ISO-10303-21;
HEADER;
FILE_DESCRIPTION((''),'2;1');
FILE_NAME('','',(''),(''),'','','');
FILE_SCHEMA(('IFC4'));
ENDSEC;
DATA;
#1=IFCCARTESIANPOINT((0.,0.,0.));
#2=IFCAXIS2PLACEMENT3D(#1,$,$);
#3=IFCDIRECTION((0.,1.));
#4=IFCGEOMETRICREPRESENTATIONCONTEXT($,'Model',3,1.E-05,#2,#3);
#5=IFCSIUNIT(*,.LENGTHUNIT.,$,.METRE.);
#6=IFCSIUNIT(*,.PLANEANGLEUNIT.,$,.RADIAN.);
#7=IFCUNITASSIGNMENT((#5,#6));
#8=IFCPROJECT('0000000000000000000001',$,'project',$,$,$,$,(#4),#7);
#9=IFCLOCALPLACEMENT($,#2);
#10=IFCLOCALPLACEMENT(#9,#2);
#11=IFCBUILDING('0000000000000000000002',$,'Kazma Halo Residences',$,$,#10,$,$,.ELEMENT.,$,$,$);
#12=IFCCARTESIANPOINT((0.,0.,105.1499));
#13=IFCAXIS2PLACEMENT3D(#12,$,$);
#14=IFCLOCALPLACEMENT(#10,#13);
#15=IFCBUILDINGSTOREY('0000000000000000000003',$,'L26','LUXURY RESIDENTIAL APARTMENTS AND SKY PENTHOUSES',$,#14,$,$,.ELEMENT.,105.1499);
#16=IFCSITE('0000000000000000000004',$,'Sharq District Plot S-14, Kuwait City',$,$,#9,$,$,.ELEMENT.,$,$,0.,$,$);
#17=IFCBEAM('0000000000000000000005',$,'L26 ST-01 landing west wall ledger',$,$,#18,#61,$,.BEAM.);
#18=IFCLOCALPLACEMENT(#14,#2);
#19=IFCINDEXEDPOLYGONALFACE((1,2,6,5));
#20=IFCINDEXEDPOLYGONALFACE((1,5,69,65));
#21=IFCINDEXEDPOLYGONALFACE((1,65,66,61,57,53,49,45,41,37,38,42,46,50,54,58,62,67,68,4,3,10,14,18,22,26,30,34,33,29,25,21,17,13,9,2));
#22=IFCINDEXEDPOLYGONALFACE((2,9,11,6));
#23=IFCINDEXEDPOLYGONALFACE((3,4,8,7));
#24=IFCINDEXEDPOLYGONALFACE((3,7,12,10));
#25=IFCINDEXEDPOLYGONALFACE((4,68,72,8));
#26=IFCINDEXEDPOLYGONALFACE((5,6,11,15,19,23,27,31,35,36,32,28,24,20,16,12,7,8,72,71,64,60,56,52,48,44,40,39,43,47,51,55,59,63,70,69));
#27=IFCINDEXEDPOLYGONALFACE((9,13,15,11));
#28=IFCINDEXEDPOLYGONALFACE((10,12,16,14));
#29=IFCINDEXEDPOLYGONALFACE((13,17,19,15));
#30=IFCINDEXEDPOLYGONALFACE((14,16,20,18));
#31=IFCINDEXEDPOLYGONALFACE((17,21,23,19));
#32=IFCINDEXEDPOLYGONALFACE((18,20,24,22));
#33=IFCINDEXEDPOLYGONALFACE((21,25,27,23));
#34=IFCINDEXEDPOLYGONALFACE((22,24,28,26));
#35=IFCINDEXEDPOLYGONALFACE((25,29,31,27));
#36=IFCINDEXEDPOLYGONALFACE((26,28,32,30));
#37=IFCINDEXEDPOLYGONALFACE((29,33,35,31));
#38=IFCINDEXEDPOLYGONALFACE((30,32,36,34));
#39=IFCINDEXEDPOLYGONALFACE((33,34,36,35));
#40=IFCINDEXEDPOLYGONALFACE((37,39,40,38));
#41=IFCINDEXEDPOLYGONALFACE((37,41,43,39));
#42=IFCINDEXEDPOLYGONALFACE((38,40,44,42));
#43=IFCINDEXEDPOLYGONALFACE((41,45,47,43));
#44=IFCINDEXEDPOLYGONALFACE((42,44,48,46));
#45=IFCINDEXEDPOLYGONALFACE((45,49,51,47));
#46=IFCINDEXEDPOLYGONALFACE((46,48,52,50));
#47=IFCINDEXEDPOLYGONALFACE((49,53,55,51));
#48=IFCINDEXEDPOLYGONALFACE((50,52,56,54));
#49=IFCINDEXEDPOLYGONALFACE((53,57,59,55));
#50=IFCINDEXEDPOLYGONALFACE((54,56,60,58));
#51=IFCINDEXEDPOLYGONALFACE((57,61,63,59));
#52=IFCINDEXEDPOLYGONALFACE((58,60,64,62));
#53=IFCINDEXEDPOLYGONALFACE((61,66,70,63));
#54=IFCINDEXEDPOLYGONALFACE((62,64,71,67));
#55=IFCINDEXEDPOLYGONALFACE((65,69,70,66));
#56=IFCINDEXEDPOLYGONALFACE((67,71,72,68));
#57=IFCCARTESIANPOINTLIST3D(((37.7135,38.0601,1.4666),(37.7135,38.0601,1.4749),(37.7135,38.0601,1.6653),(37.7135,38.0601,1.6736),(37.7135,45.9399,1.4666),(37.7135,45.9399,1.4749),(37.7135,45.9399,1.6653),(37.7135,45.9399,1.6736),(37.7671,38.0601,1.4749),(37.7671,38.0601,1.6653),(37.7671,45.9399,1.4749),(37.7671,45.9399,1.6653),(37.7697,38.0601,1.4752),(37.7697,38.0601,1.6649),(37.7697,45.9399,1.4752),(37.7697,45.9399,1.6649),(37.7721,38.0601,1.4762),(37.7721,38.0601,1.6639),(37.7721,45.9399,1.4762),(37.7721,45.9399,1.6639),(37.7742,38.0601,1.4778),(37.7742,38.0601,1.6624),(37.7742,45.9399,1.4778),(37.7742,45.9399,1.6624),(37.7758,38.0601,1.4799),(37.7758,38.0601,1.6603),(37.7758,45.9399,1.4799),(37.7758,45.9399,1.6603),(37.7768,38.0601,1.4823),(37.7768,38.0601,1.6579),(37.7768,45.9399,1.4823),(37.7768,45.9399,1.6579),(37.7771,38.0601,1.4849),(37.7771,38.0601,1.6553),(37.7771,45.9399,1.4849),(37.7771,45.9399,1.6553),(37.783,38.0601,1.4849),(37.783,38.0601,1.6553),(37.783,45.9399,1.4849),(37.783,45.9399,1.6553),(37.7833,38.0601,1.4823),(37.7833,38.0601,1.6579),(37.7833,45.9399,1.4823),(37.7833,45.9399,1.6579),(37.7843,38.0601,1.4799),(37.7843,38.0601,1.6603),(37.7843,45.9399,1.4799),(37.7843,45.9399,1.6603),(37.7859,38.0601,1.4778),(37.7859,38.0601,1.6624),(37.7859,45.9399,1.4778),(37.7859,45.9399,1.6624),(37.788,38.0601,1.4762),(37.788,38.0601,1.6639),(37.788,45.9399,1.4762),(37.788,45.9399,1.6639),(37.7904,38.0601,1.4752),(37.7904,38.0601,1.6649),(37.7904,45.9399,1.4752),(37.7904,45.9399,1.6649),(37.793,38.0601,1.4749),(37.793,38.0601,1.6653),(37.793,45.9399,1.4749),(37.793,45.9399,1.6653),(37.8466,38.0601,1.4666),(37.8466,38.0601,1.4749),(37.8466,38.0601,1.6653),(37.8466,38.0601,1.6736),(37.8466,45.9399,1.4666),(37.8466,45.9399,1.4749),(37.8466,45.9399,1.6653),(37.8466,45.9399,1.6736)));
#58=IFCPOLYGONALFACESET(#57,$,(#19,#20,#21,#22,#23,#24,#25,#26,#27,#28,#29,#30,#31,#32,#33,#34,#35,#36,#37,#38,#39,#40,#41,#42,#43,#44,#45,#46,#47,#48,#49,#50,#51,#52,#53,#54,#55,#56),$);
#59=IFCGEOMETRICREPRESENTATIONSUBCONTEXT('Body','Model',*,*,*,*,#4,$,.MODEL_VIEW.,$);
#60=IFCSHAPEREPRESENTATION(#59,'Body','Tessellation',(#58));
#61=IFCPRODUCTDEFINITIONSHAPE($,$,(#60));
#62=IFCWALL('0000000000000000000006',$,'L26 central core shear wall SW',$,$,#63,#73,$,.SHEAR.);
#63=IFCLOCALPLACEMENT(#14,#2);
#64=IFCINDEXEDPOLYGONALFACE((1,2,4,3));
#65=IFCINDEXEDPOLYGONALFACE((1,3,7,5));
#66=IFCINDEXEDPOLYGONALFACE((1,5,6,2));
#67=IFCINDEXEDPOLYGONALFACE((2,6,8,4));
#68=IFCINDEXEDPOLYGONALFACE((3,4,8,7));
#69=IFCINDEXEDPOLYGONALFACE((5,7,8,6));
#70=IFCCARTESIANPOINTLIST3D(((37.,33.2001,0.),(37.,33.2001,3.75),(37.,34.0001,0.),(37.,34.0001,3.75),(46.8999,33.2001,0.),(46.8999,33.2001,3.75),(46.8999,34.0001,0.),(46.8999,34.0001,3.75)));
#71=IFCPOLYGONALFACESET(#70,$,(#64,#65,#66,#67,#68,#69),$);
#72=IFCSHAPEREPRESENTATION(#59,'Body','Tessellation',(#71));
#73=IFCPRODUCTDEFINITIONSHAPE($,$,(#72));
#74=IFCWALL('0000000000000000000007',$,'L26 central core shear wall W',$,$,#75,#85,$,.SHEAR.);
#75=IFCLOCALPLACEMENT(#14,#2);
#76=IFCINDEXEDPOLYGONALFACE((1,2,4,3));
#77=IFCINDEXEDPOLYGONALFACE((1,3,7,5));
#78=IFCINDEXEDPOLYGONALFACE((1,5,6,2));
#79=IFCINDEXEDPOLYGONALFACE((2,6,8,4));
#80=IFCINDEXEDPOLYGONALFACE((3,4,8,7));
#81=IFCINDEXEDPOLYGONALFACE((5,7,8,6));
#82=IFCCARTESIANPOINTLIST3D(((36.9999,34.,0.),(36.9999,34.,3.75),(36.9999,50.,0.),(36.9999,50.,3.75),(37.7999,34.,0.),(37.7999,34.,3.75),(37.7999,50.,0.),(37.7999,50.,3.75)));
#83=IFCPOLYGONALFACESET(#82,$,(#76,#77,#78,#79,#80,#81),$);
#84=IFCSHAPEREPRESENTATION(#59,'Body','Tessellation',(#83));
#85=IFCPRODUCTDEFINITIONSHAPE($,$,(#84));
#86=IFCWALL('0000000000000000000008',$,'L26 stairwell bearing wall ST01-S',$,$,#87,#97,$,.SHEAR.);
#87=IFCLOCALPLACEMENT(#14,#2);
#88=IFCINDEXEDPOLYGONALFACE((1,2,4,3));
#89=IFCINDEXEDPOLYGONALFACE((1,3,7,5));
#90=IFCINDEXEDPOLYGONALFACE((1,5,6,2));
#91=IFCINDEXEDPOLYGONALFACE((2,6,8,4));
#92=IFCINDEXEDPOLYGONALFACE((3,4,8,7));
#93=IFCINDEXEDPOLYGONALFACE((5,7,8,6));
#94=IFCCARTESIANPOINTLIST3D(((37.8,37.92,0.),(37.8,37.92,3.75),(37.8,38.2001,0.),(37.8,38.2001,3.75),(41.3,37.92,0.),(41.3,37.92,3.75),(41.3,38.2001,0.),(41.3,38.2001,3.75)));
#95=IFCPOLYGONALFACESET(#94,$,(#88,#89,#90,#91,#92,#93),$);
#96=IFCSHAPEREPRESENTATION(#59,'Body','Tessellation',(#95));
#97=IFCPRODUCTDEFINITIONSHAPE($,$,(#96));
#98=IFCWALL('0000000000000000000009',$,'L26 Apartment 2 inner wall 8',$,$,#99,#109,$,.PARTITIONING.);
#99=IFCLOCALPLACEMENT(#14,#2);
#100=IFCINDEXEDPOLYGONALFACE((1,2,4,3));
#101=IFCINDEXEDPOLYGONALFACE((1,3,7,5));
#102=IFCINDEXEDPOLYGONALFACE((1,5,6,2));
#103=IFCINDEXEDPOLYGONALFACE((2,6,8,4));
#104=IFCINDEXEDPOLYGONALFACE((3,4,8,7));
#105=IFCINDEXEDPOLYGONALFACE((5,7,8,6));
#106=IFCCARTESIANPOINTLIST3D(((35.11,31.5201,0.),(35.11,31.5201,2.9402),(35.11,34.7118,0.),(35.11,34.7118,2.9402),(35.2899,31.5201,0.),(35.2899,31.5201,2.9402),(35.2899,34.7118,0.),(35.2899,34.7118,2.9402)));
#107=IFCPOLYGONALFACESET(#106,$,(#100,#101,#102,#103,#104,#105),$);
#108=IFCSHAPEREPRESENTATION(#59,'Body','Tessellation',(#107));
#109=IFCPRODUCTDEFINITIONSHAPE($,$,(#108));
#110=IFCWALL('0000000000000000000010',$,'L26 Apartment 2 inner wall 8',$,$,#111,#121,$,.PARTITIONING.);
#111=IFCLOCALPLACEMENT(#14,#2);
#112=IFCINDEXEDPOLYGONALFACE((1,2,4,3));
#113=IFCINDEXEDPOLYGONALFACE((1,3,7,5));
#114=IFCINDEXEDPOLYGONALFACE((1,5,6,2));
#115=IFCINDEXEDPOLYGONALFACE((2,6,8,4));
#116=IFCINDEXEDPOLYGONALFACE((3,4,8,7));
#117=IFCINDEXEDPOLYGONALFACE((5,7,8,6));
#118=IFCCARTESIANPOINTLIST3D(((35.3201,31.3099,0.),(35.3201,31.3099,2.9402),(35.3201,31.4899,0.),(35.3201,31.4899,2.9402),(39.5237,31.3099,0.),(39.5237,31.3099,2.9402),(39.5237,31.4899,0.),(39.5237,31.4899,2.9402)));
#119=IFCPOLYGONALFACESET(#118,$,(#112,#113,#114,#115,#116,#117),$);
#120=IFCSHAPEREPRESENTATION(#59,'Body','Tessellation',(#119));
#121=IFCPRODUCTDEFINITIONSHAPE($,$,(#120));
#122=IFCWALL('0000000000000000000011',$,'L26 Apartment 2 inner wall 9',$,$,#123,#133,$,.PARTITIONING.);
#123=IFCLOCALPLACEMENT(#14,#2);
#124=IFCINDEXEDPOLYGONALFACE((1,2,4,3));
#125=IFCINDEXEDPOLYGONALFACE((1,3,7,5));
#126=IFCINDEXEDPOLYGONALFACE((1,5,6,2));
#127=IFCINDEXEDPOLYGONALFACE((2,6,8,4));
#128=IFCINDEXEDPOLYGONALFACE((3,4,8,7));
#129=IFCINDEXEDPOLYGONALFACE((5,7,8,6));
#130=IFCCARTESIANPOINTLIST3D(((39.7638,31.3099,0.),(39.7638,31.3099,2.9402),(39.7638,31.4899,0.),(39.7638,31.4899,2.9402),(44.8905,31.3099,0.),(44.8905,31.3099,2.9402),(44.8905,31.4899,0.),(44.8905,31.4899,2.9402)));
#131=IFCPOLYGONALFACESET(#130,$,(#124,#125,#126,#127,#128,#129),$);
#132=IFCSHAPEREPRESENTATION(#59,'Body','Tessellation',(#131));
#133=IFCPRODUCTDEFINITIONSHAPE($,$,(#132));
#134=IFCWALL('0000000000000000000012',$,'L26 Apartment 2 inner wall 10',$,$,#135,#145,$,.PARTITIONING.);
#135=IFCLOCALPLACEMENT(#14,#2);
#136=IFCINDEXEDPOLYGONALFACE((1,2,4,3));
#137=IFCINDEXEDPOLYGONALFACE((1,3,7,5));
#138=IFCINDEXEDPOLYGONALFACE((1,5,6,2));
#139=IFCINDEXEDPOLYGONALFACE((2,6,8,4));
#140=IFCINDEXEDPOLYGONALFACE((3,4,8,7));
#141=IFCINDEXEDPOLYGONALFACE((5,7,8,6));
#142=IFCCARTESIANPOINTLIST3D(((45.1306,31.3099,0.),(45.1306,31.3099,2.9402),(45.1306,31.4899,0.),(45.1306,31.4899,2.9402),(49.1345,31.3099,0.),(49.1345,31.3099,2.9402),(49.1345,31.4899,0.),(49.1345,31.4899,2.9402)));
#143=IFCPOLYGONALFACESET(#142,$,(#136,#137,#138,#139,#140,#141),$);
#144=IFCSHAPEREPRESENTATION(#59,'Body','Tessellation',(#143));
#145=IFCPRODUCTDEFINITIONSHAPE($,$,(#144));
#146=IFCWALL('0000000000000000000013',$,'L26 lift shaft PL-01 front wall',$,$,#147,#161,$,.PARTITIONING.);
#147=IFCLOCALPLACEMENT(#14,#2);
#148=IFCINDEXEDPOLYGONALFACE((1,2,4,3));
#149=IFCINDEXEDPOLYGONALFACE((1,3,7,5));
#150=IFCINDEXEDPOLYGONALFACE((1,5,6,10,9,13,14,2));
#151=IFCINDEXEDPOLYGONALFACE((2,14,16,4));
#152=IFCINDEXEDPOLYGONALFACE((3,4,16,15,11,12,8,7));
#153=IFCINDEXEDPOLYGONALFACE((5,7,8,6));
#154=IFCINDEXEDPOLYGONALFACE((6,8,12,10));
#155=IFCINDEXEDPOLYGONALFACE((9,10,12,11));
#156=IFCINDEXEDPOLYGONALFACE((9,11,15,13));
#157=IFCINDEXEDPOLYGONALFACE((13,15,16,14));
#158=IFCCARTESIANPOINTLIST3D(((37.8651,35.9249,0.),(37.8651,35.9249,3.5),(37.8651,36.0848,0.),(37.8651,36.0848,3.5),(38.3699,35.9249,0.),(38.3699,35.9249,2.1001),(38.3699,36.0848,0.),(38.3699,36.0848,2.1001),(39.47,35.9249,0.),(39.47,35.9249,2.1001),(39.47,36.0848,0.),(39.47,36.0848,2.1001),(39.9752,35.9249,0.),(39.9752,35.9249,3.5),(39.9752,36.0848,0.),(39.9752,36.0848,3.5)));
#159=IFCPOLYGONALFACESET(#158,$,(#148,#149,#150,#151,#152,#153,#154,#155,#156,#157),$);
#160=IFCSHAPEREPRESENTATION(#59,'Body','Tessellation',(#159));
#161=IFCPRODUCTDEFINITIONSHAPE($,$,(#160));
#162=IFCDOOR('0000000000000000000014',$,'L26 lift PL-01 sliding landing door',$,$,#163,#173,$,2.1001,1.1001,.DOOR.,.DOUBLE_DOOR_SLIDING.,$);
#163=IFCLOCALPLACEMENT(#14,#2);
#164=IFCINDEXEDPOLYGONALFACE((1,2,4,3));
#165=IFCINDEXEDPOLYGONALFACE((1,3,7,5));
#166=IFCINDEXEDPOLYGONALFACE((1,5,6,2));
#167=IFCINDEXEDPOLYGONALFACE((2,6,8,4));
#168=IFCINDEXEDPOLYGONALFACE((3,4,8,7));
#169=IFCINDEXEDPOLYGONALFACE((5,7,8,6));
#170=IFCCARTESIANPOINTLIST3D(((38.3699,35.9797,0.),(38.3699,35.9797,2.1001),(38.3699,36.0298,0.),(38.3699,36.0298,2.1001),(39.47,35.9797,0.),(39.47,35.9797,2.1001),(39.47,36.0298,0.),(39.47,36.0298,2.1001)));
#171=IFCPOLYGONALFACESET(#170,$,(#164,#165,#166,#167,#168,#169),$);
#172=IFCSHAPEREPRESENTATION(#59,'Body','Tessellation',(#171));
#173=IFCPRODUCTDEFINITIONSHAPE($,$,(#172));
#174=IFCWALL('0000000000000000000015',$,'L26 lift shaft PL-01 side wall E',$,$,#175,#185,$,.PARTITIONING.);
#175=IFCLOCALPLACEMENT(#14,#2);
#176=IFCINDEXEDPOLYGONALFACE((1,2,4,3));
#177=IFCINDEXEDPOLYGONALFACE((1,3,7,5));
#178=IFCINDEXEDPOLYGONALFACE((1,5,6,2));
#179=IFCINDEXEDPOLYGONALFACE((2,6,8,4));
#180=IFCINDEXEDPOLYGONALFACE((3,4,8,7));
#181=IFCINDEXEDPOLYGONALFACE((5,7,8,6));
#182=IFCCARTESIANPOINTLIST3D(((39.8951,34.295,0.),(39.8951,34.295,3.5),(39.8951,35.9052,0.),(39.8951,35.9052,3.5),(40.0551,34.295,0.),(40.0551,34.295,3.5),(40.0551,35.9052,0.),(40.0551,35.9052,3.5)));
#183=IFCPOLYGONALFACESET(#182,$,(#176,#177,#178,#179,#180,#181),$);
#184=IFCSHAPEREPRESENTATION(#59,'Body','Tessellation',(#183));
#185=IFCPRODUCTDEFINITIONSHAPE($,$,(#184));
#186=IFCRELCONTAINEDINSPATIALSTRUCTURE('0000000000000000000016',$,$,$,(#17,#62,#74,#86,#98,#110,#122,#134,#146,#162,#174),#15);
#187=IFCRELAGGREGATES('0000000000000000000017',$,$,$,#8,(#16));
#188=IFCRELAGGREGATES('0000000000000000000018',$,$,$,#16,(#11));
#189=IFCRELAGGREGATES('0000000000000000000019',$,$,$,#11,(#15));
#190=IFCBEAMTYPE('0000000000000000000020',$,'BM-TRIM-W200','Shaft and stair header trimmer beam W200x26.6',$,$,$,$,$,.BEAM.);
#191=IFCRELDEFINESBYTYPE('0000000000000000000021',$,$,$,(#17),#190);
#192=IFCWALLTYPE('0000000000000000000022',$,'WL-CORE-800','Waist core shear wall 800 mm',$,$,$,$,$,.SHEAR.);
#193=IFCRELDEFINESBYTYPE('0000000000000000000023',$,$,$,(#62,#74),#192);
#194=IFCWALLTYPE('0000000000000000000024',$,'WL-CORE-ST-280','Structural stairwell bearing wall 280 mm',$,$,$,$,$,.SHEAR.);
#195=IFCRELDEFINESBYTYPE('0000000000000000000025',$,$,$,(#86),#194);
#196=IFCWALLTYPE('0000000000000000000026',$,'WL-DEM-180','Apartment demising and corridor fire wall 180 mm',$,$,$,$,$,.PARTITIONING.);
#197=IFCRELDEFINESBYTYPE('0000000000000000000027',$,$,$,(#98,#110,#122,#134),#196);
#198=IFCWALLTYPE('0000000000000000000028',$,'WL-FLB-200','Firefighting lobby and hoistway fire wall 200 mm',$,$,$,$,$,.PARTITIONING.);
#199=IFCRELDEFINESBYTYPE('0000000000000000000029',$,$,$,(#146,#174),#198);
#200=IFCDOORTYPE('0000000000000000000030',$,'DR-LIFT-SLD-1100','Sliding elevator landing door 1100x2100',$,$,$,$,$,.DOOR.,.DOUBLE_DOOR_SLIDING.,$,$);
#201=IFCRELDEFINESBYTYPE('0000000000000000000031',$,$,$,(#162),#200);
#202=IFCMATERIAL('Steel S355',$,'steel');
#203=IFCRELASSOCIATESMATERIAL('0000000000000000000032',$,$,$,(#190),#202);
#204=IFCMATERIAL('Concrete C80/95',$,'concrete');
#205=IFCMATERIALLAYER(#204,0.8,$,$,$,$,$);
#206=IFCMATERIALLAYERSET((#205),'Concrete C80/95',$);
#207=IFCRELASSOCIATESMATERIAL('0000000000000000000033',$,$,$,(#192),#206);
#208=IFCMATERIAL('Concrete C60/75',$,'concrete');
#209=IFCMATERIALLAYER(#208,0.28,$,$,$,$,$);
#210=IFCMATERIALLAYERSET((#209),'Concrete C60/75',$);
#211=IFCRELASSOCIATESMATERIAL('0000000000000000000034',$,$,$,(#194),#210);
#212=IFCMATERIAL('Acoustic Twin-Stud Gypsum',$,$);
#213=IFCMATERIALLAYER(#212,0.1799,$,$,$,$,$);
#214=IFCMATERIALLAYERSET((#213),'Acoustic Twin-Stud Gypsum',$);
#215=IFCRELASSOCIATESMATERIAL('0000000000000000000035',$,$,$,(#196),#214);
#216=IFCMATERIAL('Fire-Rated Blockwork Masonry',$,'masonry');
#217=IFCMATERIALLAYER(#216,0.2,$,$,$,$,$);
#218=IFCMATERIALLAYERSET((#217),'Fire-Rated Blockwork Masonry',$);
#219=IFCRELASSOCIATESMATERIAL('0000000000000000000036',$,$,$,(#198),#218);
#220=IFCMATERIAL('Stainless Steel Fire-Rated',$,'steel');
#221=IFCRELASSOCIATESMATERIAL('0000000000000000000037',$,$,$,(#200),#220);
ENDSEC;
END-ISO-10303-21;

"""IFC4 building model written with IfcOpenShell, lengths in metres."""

from ifc_helpers import new_model, si_unit, direction, frame, frame_2d, origin, origin_2d, place, context, subcontext, project, spatial, rectangle, i_section, extrude, material, layer, layer_set, material_profile, profile_set, type_object, element, fill, save


model = new_model("IFC4")

# Units and contexts
model_context = context("Model", 3, precision=1e-05, world=origin(), true_north=direction((0.0, 1.0)))
body_context = subcontext(model_context, "Body", "Model", "MODEL_VIEW")
ifc_project = project(units=[si_unit("LENGTHUNIT", "METRE"), si_unit("PLANEANGLEUNIT", "RADIAN")], contexts=[model_context])

# Site, building, storey
site_placement = place(None, origin())
site = spatial("IfcSite", under=ifc_project, at=site_placement, Name="Sharq District Plot S-14, Kuwait City", CompositionType="ELEMENT", RefElevation=0.0)
building_placement = place(site_placement, origin())
building = spatial("IfcBuilding", under=site, at=building_placement, Name="Kazma Halo Residences", CompositionType="ELEMENT")
storey_placement = place(building_placement, frame((0.0, 0.0, 105.1499)))
storey = spatial("IfcBuildingStorey", under=building, at=storey_placement, Name="L26", Description="LUXURY RESIDENTIAL APARTMENTS AND SKY PENTHOUSES", CompositionType="ELEMENT", Elevation=105.1499)

# Beam
ifc_material_1 = material(Name="Steel S355", Category="steel")
ifc_material_profile_1 = material_profile(ifc_material_1, i_section(OverallWidth=0.1331, OverallDepth=0.207, WebThickness=0.0059, FlangeThickness=0.0083, FilletRadius=0.01, at=origin_2d()), Name="W200x26.6")
ifc_profile_set_1 = profile_set([ifc_material_profile_1], Name="Steel S355")
beam_type_1 = type_object("IfcBeamType", Name="BM-TRIM-W200", Description="Shaft and stair header trimmer beam W200x26.6", PredefinedType="BEAM", material=ifc_profile_set_1)
beam_1_placement = place(storey_placement, frame((37.78, 38.0601, 1.5701), z_axis=(0.0, 1.0, 0.0), x_axis=(-1.0, 0.0, 0.0)))
element("IfcBeam", 1, at=beam_1_placement, inside=storey, type_object=beam_type_1, Name="L26 ST-01 landing west wall ledger", PredefinedType="BEAM", context=body_context, shape_type="SweptSolid", body=[
    extrude(i_section(OverallWidth=0.1331, OverallDepth=0.207, WebThickness=0.0059, FlangeThickness=0.0083, FilletRadius=0.01, at=origin_2d()), origin(), (0.0, 0.0, 1.0), 7.8799),
])

# Walls
ifc_material_2 = material(Name="Concrete C80/95", Category="concrete")
ifc_layer_1 = layer(ifc_material_2, 0.8)
ifc_layer_set_1 = layer_set([ifc_layer_1], Name="Concrete C80/95")
wall_type_1 = type_object("IfcWallType", Name="WL-CORE-800", Description="Waist core shear wall 800 mm", PredefinedType="SHEAR", material=ifc_layer_set_1)
wall_1_placement = place(storey_placement, frame((37.0, 33.6001, 0.0), z_axis=(0.0, 0.0, 1.0), x_axis=(1.0, 0.0, 0.0)))
element("IfcWall", 2, at=wall_1_placement, inside=storey, type_object=wall_type_1, Name="L26 central core shear wall SW", PredefinedType="SHEAR", context=body_context, shape_type="SweptSolid", body=[
    extrude(rectangle(XDim=9.8999, YDim=0.8, at=frame_2d((4.95, 0.0))), origin(), (0.0, 0.0, 1.0), 3.75),
])
wall_2_placement = place(storey_placement, frame((37.3999, 34.0, 0.0), z_axis=(0.0, 0.0, 1.0), x_axis=(0.0, 1.0, 0.0)))
element("IfcWall", 3, at=wall_2_placement, inside=storey, type_object=wall_type_1, Name="L26 central core shear wall W", PredefinedType="SHEAR", context=body_context, shape_type="SweptSolid", body=[
    extrude(rectangle(XDim=16.0, YDim=0.8, at=frame_2d((8.0, 0.0))), origin(), (0.0, 0.0, 1.0), 3.75),
])
ifc_material_3 = material(Name="Concrete C60/75", Category="concrete")
ifc_layer_2 = layer(ifc_material_3, 0.28)
ifc_layer_set_2 = layer_set([ifc_layer_2], Name="Concrete C60/75")
wall_type_2 = type_object("IfcWallType", Name="WL-CORE-ST-280", Description="Structural stairwell bearing wall 280 mm", PredefinedType="SHEAR", material=ifc_layer_set_2)
wall_3_placement = place(storey_placement, frame((37.8, 38.0601, 0.0), z_axis=(0.0, 0.0, 1.0), x_axis=(1.0, 0.0, 0.0)))
element("IfcWall", 4, at=wall_3_placement, inside=storey, type_object=wall_type_2, Name="L26 stairwell bearing wall ST01-S", PredefinedType="SHEAR", context=body_context, shape_type="SweptSolid", body=[
    extrude(rectangle(XDim=3.5, YDim=0.28, at=frame_2d((1.75, 0.0))), origin(), (0.0, 0.0, 1.0), 3.75),
])
ifc_material_4 = material(Name="Acoustic Twin-Stud Gypsum")
ifc_layer_3 = layer(ifc_material_4, 0.1799)
ifc_layer_set_3 = layer_set([ifc_layer_3], Name="Acoustic Twin-Stud Gypsum")
wall_type_3 = type_object("IfcWallType", Name="WL-DEM-180", Description="Apartment demising and corridor fire wall 180 mm", PredefinedType="PARTITIONING", material=ifc_layer_set_3)
wall_4_placement = place(storey_placement, frame((35.2, 34.7117, 0.0), z_axis=(0.0, 0.0, 1.0), x_axis=(0.0, -1.0, 0.0)))
element("IfcWall", 5, at=wall_4_placement, inside=storey, type_object=wall_type_3, Name="L26 Apartment 2 inner wall 8", PredefinedType="PARTITIONING", context=body_context, shape_type="SweptSolid", body=[
    extrude(rectangle(XDim=3.1917, YDim=0.1799, at=frame_2d((1.5957, 0.0))), origin(), (0.0, 0.0, 1.0), 2.9402),
])
wall_5_placement = place(storey_placement, frame((35.3201, 31.3999, 0.0), z_axis=(0.0, 0.0, 1.0), x_axis=(1.0, 0.0, 0.0)))
element("IfcWall", 6, at=wall_5_placement, inside=storey, type_object=wall_type_3, Name="L26 Apartment 2 inner wall 8", PredefinedType="PARTITIONING", context=body_context, shape_type="SweptSolid", body=[
    extrude(rectangle(XDim=4.2036, YDim=0.1799, at=frame_2d((2.1018, 0.0))), origin(), (0.0, 0.0, 1.0), 2.9402),
])
wall_6_placement = place(storey_placement, frame((39.7637, 31.3999, 0.0), z_axis=(0.0, 0.0, 1.0), x_axis=(1.0, 0.0, 0.0)))
element("IfcWall", 7, at=wall_6_placement, inside=storey, type_object=wall_type_3, Name="L26 Apartment 2 inner wall 9", PredefinedType="PARTITIONING", context=body_context, shape_type="SweptSolid", body=[
    extrude(rectangle(XDim=5.1267, YDim=0.1799, at=frame_2d((2.5635, 0.0))), origin(), (0.0, 0.0, 1.0), 2.9402),
])
wall_7_placement = place(storey_placement, frame((45.1306, 31.3999, 0.0), z_axis=(0.0, 0.0, 1.0), x_axis=(1.0, 0.0, 0.0)))
element("IfcWall", 8, at=wall_7_placement, inside=storey, type_object=wall_type_3, Name="L26 Apartment 2 inner wall 10", PredefinedType="PARTITIONING", context=body_context, shape_type="SweptSolid", body=[
    extrude(rectangle(XDim=4.0039, YDim=0.1799, at=frame_2d((2.002, 0.0))), origin(), (0.0, 0.0, 1.0), 2.9402),
])

# Wall, opening, door
ifc_material_5 = material(Name="Fire-Rated Blockwork Masonry", Category="masonry")
ifc_layer_4 = layer(ifc_material_5, 0.2)
ifc_layer_set_4 = layer_set([ifc_layer_4], Name="Fire-Rated Blockwork Masonry")
wall_type_4 = type_object("IfcWallType", Name="WL-FLB-200", Description="Firefighting lobby and hoistway fire wall 200 mm", PredefinedType="PARTITIONING", material=ifc_layer_set_4)
wall_8_placement = place(storey_placement, frame((37.865, 36.0049, 0.0), z_axis=(0.0, 0.0, 1.0), x_axis=(1.0, 0.0, 0.0)))
wall_8 = element("IfcWall", 9, at=wall_8_placement, inside=storey, type_object=wall_type_4, Name="L26 lift shaft PL-01 front wall", PredefinedType="PARTITIONING", context=body_context, shape_type="SweptSolid", body=[
    extrude(rectangle(XDim=2.1101, YDim=0.1599, at=frame_2d((1.0552, 0.0))), origin(), (0.0, 0.0, 1.0), 3.5),
])
opening_1_placement = place(wall_8_placement, frame((0.5049, 0.0, 0.0)))
opening_1 = element("IfcOpeningElement", 10, at=opening_1_placement, cuts=wall_8, PredefinedType="OPENING", context=body_context, shape_type="SweptSolid", body=[
    extrude(rectangle(XDim=1.1001, YDim=2.1001, at=frame_2d((0.55, 1.05))), frame((0.0, 0.0898, 0.0), z_axis=(0.0, -1.0, 0.0), x_axis=(1.0, 0.0, 0.0)), (0.0, 0.0, 1.0), 0.1799),
])
ifc_material_6 = material(Name="Stainless Steel Fire-Rated", Category="steel")
door_type_1 = type_object("IfcDoorType", Name="DR-LIFT-SLD-1100", Description="Sliding elevator landing door 1100x2100", OperationType="DOUBLE_DOOR_SLIDING", PredefinedType="DOOR", material=ifc_material_6)
door_1_placement = place(opening_1_placement, origin())
door_1 = element("IfcDoor", 11, at=door_1_placement, inside=storey, type_object=door_type_1, Name="L26 lift PL-01 sliding landing door", OperationType="DOUBLE_DOOR_SLIDING", OverallHeight=2.1001, OverallWidth=1.1001, PredefinedType="DOOR", context=body_context, shape_type="SweptSolid", body=[
    extrude(rectangle(XDim=1.1001, YDim=2.1001, at=frame_2d((0.55, 1.05))), frame((0.0, 0.0249, 0.0), z_axis=(0.0, -1.0, 0.0), x_axis=(1.0, 0.0, 0.0)), (0.0, 0.0, 1.0), 0.05),
])
fill(opening_1, door_1)

# Wall
wall_9_placement = place(storey_placement, frame((39.9751, 34.2949, 0.0), z_axis=(0.0, 0.0, 1.0), x_axis=(0.0, 1.0, 0.0)))
element("IfcWall", 12, at=wall_9_placement, inside=storey, type_object=wall_type_4, Name="L26 lift shaft PL-01 side wall E", PredefinedType="PARTITIONING", context=body_context, shape_type="SweptSolid", body=[
    extrude(rectangle(XDim=1.6101, YDim=0.1599, at=frame_2d((0.8052, 0.0))), origin(), (0.0, 0.0, 1.0), 3.5),
])

save(model, "model.ifc")
